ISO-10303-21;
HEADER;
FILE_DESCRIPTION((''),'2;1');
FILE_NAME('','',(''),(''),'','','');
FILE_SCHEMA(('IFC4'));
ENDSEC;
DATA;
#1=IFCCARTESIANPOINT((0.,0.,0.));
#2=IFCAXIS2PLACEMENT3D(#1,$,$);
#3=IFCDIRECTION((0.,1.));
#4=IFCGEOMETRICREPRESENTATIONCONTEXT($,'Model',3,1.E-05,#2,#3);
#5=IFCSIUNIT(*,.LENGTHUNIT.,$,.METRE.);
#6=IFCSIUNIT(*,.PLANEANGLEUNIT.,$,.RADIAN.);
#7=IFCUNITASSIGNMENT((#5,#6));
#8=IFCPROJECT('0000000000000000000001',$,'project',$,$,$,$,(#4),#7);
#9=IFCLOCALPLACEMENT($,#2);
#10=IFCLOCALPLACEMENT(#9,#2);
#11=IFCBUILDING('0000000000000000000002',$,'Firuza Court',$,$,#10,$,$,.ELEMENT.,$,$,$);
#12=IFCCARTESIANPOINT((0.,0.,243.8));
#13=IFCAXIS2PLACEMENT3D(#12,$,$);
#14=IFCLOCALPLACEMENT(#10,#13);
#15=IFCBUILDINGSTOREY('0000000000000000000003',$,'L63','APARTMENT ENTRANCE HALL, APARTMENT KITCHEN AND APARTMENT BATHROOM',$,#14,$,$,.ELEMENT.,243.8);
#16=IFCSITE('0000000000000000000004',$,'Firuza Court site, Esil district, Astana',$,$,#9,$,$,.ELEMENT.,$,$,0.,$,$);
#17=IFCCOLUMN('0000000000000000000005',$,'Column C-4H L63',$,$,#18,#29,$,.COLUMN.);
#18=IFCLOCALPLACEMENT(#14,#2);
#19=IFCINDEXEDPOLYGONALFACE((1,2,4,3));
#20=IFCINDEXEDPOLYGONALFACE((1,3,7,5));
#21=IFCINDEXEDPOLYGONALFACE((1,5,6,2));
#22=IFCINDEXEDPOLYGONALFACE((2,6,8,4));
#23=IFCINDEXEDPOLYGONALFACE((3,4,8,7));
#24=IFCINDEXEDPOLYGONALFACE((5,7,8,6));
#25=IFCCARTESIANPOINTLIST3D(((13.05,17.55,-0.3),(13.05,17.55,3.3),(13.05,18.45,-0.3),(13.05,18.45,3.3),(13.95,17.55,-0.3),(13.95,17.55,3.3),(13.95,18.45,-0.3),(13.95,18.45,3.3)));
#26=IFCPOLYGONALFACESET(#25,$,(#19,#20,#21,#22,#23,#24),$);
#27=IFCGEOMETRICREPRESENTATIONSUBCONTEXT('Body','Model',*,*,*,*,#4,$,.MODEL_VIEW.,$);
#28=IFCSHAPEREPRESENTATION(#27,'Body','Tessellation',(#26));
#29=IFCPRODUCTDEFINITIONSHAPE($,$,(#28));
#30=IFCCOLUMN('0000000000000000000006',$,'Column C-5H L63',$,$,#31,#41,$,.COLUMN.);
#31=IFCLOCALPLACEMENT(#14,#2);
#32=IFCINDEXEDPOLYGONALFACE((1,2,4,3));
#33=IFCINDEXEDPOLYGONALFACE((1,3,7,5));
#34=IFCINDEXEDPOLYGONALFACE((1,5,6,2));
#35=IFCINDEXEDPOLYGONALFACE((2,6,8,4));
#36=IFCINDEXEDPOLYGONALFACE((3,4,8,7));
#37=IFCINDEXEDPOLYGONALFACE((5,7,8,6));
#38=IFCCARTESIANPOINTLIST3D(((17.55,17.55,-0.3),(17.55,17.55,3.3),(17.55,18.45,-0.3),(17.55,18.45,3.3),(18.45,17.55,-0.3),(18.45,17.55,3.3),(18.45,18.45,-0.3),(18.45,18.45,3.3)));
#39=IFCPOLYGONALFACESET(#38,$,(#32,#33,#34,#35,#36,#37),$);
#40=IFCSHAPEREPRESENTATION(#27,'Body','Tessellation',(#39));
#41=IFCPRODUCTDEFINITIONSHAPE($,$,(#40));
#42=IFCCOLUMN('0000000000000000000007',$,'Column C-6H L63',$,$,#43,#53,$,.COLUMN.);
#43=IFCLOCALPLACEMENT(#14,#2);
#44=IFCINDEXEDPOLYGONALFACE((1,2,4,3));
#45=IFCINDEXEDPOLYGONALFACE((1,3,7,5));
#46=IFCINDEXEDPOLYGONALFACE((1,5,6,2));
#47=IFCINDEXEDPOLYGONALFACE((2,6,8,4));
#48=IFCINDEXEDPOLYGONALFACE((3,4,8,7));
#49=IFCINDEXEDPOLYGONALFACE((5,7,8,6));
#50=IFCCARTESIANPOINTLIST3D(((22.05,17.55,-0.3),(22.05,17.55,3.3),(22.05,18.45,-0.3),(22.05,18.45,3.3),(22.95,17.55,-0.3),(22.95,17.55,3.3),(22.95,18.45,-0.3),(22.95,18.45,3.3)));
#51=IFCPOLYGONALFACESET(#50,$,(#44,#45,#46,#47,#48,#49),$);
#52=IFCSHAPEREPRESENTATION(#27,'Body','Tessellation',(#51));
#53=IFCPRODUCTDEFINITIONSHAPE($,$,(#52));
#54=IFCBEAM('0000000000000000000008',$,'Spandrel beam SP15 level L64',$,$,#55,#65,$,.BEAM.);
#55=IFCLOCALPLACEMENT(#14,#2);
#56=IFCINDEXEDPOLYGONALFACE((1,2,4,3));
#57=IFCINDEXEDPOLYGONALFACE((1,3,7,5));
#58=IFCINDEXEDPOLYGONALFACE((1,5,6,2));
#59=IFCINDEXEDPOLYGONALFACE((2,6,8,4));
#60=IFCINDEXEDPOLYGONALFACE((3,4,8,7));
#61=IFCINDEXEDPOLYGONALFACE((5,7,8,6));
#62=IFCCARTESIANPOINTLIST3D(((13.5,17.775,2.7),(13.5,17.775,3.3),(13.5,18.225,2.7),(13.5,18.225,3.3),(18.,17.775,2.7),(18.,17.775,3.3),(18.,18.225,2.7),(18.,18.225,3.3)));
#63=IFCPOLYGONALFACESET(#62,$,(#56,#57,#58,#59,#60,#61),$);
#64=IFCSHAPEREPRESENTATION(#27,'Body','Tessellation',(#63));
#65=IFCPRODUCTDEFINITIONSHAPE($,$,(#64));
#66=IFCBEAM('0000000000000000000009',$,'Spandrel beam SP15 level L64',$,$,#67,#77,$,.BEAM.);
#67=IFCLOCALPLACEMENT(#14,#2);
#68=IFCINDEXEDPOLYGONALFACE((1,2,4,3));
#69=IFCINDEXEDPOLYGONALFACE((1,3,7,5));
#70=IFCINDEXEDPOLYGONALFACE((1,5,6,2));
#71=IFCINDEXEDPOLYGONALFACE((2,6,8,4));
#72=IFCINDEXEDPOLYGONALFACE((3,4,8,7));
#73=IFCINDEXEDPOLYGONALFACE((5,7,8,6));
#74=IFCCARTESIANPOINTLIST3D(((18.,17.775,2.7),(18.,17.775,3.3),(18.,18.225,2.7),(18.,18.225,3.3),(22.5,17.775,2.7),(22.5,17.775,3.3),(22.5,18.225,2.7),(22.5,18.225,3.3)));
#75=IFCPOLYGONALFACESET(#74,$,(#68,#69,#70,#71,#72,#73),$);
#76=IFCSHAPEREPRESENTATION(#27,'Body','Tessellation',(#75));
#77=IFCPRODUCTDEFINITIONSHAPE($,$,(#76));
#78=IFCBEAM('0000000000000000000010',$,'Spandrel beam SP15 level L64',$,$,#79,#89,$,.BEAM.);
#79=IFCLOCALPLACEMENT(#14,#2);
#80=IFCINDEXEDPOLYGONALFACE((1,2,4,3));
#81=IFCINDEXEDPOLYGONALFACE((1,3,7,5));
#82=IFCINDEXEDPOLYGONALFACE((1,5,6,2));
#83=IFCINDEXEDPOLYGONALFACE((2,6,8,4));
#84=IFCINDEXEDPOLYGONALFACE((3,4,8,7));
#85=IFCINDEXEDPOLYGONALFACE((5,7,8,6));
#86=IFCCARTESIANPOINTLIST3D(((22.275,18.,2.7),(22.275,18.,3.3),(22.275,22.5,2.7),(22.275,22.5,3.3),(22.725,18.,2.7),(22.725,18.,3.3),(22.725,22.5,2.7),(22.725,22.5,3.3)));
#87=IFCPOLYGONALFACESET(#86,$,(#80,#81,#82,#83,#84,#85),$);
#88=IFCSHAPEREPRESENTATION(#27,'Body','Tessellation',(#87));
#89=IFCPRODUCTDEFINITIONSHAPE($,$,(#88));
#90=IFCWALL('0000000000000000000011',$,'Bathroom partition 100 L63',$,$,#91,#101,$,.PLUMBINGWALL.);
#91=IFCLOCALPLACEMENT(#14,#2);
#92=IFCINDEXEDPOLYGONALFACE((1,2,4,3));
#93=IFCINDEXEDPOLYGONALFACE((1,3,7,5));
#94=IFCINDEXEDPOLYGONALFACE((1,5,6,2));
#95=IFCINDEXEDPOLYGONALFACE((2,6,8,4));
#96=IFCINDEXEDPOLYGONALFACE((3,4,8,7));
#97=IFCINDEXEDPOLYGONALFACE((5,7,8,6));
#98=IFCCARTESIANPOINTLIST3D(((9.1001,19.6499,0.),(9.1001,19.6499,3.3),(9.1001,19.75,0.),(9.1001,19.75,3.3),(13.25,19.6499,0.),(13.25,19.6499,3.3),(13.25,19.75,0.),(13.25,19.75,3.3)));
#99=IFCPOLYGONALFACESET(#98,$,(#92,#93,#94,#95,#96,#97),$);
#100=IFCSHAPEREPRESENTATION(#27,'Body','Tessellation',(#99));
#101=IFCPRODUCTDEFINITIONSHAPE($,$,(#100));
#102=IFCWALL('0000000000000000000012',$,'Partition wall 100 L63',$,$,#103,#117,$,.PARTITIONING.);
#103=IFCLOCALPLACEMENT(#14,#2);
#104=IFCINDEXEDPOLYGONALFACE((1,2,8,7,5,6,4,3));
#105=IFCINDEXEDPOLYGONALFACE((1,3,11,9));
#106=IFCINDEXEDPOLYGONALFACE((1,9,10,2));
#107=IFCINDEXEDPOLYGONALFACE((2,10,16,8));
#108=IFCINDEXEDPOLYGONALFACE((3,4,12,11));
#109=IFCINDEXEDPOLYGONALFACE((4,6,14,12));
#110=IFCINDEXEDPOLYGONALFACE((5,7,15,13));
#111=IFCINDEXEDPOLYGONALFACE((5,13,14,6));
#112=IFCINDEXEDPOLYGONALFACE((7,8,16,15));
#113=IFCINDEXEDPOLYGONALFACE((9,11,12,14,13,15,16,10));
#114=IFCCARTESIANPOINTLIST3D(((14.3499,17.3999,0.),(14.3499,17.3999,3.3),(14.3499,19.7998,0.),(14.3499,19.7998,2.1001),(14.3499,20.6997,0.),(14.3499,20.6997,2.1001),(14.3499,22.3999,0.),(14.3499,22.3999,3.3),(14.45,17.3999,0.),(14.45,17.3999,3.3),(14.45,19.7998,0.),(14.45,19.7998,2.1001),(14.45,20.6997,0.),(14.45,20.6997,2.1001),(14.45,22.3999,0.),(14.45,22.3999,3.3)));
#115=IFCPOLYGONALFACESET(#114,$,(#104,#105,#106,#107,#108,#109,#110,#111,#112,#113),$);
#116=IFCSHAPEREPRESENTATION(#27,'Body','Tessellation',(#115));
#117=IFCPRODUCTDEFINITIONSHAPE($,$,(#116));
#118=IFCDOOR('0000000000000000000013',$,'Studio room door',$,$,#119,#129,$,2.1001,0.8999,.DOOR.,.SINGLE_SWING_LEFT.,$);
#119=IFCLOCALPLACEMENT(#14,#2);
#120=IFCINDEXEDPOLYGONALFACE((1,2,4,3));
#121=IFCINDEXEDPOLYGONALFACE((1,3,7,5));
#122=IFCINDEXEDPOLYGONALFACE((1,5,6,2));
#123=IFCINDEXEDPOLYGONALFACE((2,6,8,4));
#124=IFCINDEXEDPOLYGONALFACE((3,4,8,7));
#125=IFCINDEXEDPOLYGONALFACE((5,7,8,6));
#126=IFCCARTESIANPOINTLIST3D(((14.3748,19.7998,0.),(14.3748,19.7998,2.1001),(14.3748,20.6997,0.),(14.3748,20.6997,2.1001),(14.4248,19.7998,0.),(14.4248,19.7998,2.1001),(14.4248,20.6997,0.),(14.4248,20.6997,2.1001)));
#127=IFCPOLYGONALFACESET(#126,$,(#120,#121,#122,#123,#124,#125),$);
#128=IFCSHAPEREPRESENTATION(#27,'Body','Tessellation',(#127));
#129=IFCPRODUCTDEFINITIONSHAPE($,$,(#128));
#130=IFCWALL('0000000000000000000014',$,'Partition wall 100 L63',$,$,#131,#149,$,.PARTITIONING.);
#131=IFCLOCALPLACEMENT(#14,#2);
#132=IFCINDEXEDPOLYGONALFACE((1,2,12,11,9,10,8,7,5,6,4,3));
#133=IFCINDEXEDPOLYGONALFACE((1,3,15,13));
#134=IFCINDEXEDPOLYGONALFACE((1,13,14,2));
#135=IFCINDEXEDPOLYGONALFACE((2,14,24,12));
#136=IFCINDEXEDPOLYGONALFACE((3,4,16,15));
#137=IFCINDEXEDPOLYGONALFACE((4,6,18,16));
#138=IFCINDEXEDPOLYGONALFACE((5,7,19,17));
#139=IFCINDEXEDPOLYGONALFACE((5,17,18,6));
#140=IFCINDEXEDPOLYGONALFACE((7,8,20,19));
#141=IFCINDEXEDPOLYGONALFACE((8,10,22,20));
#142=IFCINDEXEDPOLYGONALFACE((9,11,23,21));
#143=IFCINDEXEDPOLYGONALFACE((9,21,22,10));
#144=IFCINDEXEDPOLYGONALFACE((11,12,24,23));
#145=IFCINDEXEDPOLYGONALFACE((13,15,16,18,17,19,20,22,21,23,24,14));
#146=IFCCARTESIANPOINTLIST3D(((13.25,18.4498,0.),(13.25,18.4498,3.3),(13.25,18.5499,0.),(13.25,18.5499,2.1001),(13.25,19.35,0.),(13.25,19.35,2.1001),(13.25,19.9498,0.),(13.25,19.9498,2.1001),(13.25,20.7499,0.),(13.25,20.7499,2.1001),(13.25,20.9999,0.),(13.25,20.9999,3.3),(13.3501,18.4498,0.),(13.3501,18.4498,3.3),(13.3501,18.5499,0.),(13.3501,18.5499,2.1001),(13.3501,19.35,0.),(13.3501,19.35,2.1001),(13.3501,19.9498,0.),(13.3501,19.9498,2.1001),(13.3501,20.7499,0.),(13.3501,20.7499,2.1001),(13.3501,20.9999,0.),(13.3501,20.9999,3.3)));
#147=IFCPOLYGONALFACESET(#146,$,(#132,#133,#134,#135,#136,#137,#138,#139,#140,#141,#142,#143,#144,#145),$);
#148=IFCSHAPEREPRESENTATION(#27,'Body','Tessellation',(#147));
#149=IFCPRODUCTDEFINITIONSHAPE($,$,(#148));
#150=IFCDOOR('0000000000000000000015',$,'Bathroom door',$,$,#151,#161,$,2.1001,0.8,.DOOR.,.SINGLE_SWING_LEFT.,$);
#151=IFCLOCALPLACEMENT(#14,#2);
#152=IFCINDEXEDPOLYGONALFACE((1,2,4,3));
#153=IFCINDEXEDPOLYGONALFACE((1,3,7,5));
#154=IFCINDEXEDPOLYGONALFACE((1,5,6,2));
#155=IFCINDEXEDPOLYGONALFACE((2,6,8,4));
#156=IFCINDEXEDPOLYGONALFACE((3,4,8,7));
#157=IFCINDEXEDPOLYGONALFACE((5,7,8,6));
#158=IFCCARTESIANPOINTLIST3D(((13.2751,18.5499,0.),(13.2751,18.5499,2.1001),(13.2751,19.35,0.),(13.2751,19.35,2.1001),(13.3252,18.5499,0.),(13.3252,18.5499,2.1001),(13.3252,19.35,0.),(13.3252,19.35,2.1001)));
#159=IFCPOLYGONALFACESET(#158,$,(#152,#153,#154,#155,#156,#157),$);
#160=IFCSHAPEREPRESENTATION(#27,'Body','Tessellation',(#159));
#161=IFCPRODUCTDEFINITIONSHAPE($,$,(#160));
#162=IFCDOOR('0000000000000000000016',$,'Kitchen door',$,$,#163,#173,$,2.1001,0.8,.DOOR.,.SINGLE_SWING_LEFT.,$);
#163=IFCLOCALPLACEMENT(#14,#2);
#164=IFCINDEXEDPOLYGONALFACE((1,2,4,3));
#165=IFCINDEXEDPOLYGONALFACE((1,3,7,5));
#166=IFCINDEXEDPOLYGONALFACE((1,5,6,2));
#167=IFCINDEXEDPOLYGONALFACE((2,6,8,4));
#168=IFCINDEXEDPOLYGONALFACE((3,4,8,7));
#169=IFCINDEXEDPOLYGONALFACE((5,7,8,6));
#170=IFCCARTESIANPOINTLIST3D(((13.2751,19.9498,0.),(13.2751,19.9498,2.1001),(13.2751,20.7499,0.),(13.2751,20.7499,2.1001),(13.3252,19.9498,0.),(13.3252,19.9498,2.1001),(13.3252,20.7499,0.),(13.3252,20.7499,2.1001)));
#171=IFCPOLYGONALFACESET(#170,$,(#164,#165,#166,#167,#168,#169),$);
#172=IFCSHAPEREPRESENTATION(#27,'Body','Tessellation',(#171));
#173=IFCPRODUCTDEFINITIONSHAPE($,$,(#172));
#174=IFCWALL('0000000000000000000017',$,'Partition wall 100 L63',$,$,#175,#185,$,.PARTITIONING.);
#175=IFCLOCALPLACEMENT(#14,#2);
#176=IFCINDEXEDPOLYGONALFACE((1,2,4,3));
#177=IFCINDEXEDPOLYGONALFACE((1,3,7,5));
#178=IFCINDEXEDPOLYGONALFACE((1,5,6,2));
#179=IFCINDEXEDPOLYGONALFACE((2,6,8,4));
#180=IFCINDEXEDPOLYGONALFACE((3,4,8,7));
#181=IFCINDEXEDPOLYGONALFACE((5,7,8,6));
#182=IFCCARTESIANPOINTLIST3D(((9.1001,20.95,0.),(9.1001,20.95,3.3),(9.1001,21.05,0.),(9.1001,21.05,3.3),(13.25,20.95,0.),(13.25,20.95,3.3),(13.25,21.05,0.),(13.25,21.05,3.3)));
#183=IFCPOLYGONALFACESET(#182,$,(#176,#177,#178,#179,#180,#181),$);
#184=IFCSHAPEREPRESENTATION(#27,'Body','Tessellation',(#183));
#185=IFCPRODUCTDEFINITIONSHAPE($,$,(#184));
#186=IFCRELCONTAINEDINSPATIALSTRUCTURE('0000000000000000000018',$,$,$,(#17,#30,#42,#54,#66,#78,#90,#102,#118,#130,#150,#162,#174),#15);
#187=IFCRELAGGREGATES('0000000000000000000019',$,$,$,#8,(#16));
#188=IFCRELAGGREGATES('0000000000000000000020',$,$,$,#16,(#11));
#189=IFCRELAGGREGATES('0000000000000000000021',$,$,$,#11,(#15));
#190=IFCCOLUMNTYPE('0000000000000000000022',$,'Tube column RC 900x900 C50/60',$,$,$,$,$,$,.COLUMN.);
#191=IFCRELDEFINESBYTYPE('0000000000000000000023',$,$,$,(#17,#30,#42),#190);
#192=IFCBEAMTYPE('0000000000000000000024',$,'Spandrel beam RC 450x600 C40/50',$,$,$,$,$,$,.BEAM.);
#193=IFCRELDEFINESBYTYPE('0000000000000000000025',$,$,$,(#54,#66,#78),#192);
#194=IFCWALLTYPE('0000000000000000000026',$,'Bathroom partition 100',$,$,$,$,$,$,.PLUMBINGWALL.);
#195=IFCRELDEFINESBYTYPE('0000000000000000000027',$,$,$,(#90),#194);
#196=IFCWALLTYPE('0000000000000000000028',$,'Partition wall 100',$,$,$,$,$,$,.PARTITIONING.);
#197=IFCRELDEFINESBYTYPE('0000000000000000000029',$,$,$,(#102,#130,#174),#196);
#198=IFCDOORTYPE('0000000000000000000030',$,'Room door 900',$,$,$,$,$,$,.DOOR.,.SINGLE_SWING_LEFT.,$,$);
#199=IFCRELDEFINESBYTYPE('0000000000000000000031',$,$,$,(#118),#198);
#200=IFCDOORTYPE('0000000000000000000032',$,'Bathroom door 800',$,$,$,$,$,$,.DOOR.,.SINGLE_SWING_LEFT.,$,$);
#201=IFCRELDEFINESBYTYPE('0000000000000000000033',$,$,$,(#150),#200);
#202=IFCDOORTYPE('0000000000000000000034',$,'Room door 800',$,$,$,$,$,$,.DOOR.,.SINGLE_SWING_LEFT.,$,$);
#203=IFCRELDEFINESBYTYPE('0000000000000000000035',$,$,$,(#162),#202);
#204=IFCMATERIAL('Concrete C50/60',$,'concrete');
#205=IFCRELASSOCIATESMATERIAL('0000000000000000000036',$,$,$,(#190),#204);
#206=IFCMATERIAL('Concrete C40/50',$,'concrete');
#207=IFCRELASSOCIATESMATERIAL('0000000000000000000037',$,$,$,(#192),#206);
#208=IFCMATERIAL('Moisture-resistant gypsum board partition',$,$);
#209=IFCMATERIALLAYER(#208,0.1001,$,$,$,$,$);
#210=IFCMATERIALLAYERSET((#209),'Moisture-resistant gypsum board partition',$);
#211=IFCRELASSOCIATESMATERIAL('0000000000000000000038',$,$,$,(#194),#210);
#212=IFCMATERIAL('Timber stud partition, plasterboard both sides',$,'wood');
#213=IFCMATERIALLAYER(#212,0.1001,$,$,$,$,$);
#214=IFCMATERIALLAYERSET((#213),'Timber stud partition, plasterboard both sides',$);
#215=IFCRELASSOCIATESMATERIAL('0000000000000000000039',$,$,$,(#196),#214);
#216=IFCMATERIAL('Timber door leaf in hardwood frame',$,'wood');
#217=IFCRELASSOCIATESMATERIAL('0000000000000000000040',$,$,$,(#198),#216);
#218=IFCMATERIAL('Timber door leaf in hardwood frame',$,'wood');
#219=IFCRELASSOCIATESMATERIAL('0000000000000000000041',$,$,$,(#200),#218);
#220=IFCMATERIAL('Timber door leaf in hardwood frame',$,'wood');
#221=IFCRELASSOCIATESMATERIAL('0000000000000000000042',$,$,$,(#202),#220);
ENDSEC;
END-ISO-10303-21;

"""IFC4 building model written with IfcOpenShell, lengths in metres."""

from ifc_helpers import new_model, si_unit, direction, frame, frame_2d, origin, origin_2d, place, context, subcontext, project, spatial, rectangle, extrude, material, layer, layer_set, material_profile, profile_set, type_object, element, fill, save


model = new_model("IFC4")

# Units and contexts
model_context = context("Model", 3, precision=1e-05, world=origin(), true_north=direction((0.0, 1.0)))
body_context = subcontext(model_context, "Body", "Model", "MODEL_VIEW")
ifc_project = project(units=[si_unit("LENGTHUNIT", "METRE"), si_unit("PLANEANGLEUNIT", "RADIAN")], contexts=[model_context])

# Site, building, storey
site_placement = place(None, origin())
site = spatial("IfcSite", under=ifc_project, at=site_placement, Name="Firuza Court site, Esil district, Astana", CompositionType="ELEMENT", RefElevation=0.0)
building_placement = place(site_placement, origin())
building = spatial("IfcBuilding", under=site, at=building_placement, Name="Firuza Court", CompositionType="ELEMENT")
storey_placement = place(building_placement, frame((0.0, 0.0, 243.8)))
storey = spatial("IfcBuildingStorey", under=building, at=storey_placement, Name="L63", Description="APARTMENT ENTRANCE HALL, APARTMENT KITCHEN AND APARTMENT BATHROOM", CompositionType="ELEMENT", Elevation=243.8)

# Columns
ifc_material_1 = material(Name="Concrete C50/60", Category="concrete")
ifc_material_profile_1 = material_profile(ifc_material_1, rectangle(XDim=0.8999, YDim=0.8999, at=origin_2d()), Name="RC 900x900")
ifc_profile_set_1 = profile_set([ifc_material_profile_1], Name="Concrete C50/60")
column_type = type_object("IfcColumnType", Name="Tube column RC 900x900 C50/60", PredefinedType="COLUMN", material=ifc_profile_set_1)
for number, where, z_axis, x_axis, name in (
    (1, (13.5, 18.0, -0.3), (0.0, 0.0, 1.0), (1.0, 0.0, 0.0), "Column C-4H L63"),
    (2, (18.0, 18.0, -0.3), (0.0, 0.0, 1.0), (1.0, 0.0, 0.0), "Column C-5H L63"),
    (3, (22.5, 18.0, -0.3), (0.0, 0.0, 1.0), (1.0, 0.0, 0.0), "Column C-6H L63"),
):
    element("IfcColumn", number, at=place(storey_placement, frame(where, z_axis=z_axis, x_axis=x_axis)), inside=storey, type_object=column_type, Name=name, PredefinedType="COLUMN", context=body_context, shape_type="SweptSolid", body=[
        extrude(rectangle(XDim=0.8999, YDim=0.8999, at=origin_2d()), origin(), (0.0, 0.0, 1.0), 3.6001),
    ])

# Beams
ifc_material_2 = material(Name="Concrete C40/50", Category="concrete")
ifc_material_profile_2 = material_profile(ifc_material_2, rectangle(XDim=0.45, YDim=0.6001, at=origin_2d()), Name="RC 450x600")
ifc_profile_set_2 = profile_set([ifc_material_profile_2], Name="Concrete C40/50")
beam_type = type_object("IfcBeamType", Name="Spandrel beam RC 450x600 C40/50", PredefinedType="BEAM", material=ifc_profile_set_2)
for number, where, z_axis, x_axis, name in (
    (4, (13.5, 18.0, 3.0), (1.0, 0.0, 0.0), (0.0, 1.0, 0.0), "Spandrel beam SP15 level L64"),
    (5, (18.0, 18.0, 3.0), (1.0, 0.0, 0.0), (0.0, 1.0, 0.0), "Spandrel beam SP15 level L64"),
    (6, (22.5, 18.0, 3.0), (0.0, 1.0, 0.0), (-1.0, 0.0, 0.0), "Spandrel beam SP15 level L64"),
):
    element("IfcBeam", number, at=place(storey_placement, frame(where, z_axis=z_axis, x_axis=x_axis)), inside=storey, type_object=beam_type, Name=name, PredefinedType="BEAM", context=body_context, shape_type="SweptSolid", body=[
        extrude(rectangle(XDim=0.45, YDim=0.6001, at=origin_2d()), origin(), (0.0, 0.0, 1.0), 4.5),
    ])

# Wall
ifc_material_3 = material(Name="Moisture-resistant gypsum board partition")
ifc_layer_1 = layer(ifc_material_3, 0.1001)
ifc_layer_set_1 = layer_set([ifc_layer_1], Name="Moisture-resistant gypsum board partition")
wall_type_1 = type_object("IfcWallType", Name="Bathroom partition 100", PredefinedType="PLUMBINGWALL", material=ifc_layer_set_1)
wall_1_placement = place(storey_placement, frame((9.1001, 19.7, 0.0), z_axis=(0.0, 0.0, 1.0), x_axis=(1.0, 0.0, 0.0)))
element("IfcWall", 7, at=wall_1_placement, inside=storey, type_object=wall_type_1, Name="Bathroom partition 100 L63", PredefinedType="PLUMBINGWALL", context=body_context, shape_type="SweptSolid", body=[
    extrude(rectangle(XDim=4.1499, YDim=0.1001, at=frame_2d((2.075, 0.0))), origin(), (0.0, 0.0, 1.0), 3.3),
])

# Wall, opening, door
ifc_material_4 = material(Name="Timber stud partition, plasterboard both sides", Category="wood")
ifc_layer_2 = layer(ifc_material_4, 0.1001)
ifc_layer_set_2 = layer_set([ifc_layer_2], Name="Timber stud partition, plasterboard both sides")
wall_type_2 = type_object("IfcWallType", Name="Partition wall 100", PredefinedType="PARTITIONING", material=ifc_layer_set_2)
wall_2_placement = place(storey_placement, frame((14.3999, 17.3999, 0.0), z_axis=(0.0, 0.0, 1.0), x_axis=(0.0, 1.0, 0.0)))
wall_2 = element("IfcWall", 8, at=wall_2_placement, inside=storey, type_object=wall_type_2, Name="Partition wall 100 L63", PredefinedType="PARTITIONING", context=body_context, shape_type="SweptSolid", body=[
    extrude(rectangle(XDim=5.0, YDim=0.1001, at=frame_2d((2.5, 0.0))), origin(), (0.0, 0.0, 1.0), 3.3),
])
opening_1_placement = place(wall_2_placement, frame((2.3999, 0.0, 0.0)))
opening_1 = element("IfcOpeningElement", 9, at=opening_1_placement, cuts=wall_2, PredefinedType="OPENING", context=body_context, shape_type="SweptSolid", body=[
    extrude(rectangle(XDim=0.8999, YDim=2.1001, at=frame_2d((0.45, 1.05))), frame((0.0, 0.062, 0.0), z_axis=(0.0, -1.0, 0.0), x_axis=(1.0, 0.0, 0.0)), (0.0, 0.0, 1.0), 0.124),
])
ifc_material_5 = material(Name="Timber door leaf in hardwood frame", Category="wood")
door_type_1 = type_object("IfcDoorType", Name="Room door 900", OperationType="SINGLE_SWING_LEFT", PredefinedType="DOOR", material=ifc_material_5)
door_1_placement = place(opening_1_placement, frame((0.8999, 0.0, 0.0), z_axis=(0.0, 0.0, 1.0), x_axis=(-1.0, 0.0, 0.0)))
door_1 = element("IfcDoor", 10, at=door_1_placement, inside=storey, type_object=door_type_1, Name="Studio room door", OperationType="SINGLE_SWING_LEFT", OverallHeight=2.1001, OverallWidth=0.8999, PredefinedType="DOOR", context=body_context, shape_type="SweptSolid", body=[
    extrude(rectangle(XDim=0.8999, YDim=2.1001, at=frame_2d((0.45, 1.05))), frame((0.0, 0.0249, 0.0), z_axis=(0.0, -1.0, 0.0), x_axis=(1.0, 0.0, 0.0)), (0.0, 0.0, 1.0), 0.05),
])
fill(opening_1, door_1)

# Wall, openings, doors
wall_3_placement = place(storey_placement, frame((13.3, 18.45, 0.0), z_axis=(0.0, 0.0, 1.0), x_axis=(0.0, 1.0, 0.0)))
wall_3 = element("IfcWall", 11, at=wall_3_placement, inside=storey, type_object=wall_type_2, Name="Partition wall 100 L63", PredefinedType="PARTITIONING", context=body_context, shape_type="SweptSolid", body=[
    extrude(rectangle(XDim=2.55, YDim=0.1001, at=frame_2d((1.2749, 0.0))), origin(), (0.0, 0.0, 1.0), 3.3),
])
opening_2_placement = place(wall_3_placement, frame((0.1001, 0.0, 0.0)))
opening_2 = element("IfcOpeningElement", 12, at=opening_2_placement, cuts=wall_3, PredefinedType="OPENING", context=body_context, shape_type="SweptSolid", body=[
    extrude(rectangle(XDim=0.8, YDim=2.1001, at=frame_2d((0.3999, 1.05))), frame((0.0, 0.062, 0.0), z_axis=(0.0, -1.0, 0.0), x_axis=(1.0, 0.0, 0.0)), (0.0, 0.0, 1.0), 0.124),
])
opening_3_placement = place(wall_3_placement, frame((1.5, 0.0, 0.0)))
opening_3 = element("IfcOpeningElement", 13, at=opening_3_placement, cuts=wall_3, PredefinedType="OPENING", context=body_context, shape_type="SweptSolid", body=[
    extrude(rectangle(XDim=0.8, YDim=2.1001, at=frame_2d((0.3999, 1.05))), frame((0.0, 0.062, 0.0), z_axis=(0.0, -1.0, 0.0), x_axis=(1.0, 0.0, 0.0)), (0.0, 0.0, 1.0), 0.124),
])
ifc_material_6 = material(Name="Timber door leaf in hardwood frame", Category="wood")
door_type_2 = type_object("IfcDoorType", Name="Bathroom door 800", OperationType="SINGLE_SWING_LEFT", PredefinedType="DOOR", material=ifc_material_6)
door_2_placement = place(opening_2_placement, origin())
door_2 = element("IfcDoor", 14, at=door_2_placement, inside=storey, type_object=door_type_2, Name="Bathroom door", OperationType="SINGLE_SWING_LEFT", OverallHeight=2.1001, OverallWidth=0.8, PredefinedType="DOOR", context=body_context, shape_type="SweptSolid", body=[
    extrude(rectangle(XDim=0.8, YDim=2.1001, at=frame_2d((0.3999, 1.05))), frame((0.0, 0.0249, 0.0), z_axis=(0.0, -1.0, 0.0), x_axis=(1.0, 0.0, 0.0)), (0.0, 0.0, 1.0), 0.05),
])
fill(opening_2, door_2)
ifc_material_7 = material(Name="Timber door leaf in hardwood frame", Category="wood")
door_type_3 = type_object("IfcDoorType", Name="Room door 800", OperationType="SINGLE_SWING_LEFT", PredefinedType="DOOR", material=ifc_material_7)
door_3_placement = place(opening_3_placement, origin())
door_3 = element("IfcDoor", 15, at=door_3_placement, inside=storey, type_object=door_type_3, Name="Kitchen door", OperationType="SINGLE_SWING_LEFT", OverallHeight=2.1001, OverallWidth=0.8, PredefinedType="DOOR", context=body_context, shape_type="SweptSolid", body=[
    extrude(rectangle(XDim=0.8, YDim=2.1001, at=frame_2d((0.3999, 1.05))), frame((0.0, 0.0249, 0.0), z_axis=(0.0, -1.0, 0.0), x_axis=(1.0, 0.0, 0.0)), (0.0, 0.0, 1.0), 0.05),
])
fill(opening_3, door_3)

# Wall
wall_4_placement = place(storey_placement, frame((9.1001, 21.0, 0.0), z_axis=(0.0, 0.0, 1.0), x_axis=(1.0, 0.0, 0.0)))
element("IfcWall", 16, at=wall_4_placement, inside=storey, type_object=wall_type_2, Name="Partition wall 100 L63", PredefinedType="PARTITIONING", context=body_context, shape_type="SweptSolid", body=[
    extrude(rectangle(XDim=4.1499, YDim=0.1001, at=frame_2d((2.075, 0.0))), origin(), (0.0, 0.0, 1.0), 3.3),
])

save(model, "model.ifc")
